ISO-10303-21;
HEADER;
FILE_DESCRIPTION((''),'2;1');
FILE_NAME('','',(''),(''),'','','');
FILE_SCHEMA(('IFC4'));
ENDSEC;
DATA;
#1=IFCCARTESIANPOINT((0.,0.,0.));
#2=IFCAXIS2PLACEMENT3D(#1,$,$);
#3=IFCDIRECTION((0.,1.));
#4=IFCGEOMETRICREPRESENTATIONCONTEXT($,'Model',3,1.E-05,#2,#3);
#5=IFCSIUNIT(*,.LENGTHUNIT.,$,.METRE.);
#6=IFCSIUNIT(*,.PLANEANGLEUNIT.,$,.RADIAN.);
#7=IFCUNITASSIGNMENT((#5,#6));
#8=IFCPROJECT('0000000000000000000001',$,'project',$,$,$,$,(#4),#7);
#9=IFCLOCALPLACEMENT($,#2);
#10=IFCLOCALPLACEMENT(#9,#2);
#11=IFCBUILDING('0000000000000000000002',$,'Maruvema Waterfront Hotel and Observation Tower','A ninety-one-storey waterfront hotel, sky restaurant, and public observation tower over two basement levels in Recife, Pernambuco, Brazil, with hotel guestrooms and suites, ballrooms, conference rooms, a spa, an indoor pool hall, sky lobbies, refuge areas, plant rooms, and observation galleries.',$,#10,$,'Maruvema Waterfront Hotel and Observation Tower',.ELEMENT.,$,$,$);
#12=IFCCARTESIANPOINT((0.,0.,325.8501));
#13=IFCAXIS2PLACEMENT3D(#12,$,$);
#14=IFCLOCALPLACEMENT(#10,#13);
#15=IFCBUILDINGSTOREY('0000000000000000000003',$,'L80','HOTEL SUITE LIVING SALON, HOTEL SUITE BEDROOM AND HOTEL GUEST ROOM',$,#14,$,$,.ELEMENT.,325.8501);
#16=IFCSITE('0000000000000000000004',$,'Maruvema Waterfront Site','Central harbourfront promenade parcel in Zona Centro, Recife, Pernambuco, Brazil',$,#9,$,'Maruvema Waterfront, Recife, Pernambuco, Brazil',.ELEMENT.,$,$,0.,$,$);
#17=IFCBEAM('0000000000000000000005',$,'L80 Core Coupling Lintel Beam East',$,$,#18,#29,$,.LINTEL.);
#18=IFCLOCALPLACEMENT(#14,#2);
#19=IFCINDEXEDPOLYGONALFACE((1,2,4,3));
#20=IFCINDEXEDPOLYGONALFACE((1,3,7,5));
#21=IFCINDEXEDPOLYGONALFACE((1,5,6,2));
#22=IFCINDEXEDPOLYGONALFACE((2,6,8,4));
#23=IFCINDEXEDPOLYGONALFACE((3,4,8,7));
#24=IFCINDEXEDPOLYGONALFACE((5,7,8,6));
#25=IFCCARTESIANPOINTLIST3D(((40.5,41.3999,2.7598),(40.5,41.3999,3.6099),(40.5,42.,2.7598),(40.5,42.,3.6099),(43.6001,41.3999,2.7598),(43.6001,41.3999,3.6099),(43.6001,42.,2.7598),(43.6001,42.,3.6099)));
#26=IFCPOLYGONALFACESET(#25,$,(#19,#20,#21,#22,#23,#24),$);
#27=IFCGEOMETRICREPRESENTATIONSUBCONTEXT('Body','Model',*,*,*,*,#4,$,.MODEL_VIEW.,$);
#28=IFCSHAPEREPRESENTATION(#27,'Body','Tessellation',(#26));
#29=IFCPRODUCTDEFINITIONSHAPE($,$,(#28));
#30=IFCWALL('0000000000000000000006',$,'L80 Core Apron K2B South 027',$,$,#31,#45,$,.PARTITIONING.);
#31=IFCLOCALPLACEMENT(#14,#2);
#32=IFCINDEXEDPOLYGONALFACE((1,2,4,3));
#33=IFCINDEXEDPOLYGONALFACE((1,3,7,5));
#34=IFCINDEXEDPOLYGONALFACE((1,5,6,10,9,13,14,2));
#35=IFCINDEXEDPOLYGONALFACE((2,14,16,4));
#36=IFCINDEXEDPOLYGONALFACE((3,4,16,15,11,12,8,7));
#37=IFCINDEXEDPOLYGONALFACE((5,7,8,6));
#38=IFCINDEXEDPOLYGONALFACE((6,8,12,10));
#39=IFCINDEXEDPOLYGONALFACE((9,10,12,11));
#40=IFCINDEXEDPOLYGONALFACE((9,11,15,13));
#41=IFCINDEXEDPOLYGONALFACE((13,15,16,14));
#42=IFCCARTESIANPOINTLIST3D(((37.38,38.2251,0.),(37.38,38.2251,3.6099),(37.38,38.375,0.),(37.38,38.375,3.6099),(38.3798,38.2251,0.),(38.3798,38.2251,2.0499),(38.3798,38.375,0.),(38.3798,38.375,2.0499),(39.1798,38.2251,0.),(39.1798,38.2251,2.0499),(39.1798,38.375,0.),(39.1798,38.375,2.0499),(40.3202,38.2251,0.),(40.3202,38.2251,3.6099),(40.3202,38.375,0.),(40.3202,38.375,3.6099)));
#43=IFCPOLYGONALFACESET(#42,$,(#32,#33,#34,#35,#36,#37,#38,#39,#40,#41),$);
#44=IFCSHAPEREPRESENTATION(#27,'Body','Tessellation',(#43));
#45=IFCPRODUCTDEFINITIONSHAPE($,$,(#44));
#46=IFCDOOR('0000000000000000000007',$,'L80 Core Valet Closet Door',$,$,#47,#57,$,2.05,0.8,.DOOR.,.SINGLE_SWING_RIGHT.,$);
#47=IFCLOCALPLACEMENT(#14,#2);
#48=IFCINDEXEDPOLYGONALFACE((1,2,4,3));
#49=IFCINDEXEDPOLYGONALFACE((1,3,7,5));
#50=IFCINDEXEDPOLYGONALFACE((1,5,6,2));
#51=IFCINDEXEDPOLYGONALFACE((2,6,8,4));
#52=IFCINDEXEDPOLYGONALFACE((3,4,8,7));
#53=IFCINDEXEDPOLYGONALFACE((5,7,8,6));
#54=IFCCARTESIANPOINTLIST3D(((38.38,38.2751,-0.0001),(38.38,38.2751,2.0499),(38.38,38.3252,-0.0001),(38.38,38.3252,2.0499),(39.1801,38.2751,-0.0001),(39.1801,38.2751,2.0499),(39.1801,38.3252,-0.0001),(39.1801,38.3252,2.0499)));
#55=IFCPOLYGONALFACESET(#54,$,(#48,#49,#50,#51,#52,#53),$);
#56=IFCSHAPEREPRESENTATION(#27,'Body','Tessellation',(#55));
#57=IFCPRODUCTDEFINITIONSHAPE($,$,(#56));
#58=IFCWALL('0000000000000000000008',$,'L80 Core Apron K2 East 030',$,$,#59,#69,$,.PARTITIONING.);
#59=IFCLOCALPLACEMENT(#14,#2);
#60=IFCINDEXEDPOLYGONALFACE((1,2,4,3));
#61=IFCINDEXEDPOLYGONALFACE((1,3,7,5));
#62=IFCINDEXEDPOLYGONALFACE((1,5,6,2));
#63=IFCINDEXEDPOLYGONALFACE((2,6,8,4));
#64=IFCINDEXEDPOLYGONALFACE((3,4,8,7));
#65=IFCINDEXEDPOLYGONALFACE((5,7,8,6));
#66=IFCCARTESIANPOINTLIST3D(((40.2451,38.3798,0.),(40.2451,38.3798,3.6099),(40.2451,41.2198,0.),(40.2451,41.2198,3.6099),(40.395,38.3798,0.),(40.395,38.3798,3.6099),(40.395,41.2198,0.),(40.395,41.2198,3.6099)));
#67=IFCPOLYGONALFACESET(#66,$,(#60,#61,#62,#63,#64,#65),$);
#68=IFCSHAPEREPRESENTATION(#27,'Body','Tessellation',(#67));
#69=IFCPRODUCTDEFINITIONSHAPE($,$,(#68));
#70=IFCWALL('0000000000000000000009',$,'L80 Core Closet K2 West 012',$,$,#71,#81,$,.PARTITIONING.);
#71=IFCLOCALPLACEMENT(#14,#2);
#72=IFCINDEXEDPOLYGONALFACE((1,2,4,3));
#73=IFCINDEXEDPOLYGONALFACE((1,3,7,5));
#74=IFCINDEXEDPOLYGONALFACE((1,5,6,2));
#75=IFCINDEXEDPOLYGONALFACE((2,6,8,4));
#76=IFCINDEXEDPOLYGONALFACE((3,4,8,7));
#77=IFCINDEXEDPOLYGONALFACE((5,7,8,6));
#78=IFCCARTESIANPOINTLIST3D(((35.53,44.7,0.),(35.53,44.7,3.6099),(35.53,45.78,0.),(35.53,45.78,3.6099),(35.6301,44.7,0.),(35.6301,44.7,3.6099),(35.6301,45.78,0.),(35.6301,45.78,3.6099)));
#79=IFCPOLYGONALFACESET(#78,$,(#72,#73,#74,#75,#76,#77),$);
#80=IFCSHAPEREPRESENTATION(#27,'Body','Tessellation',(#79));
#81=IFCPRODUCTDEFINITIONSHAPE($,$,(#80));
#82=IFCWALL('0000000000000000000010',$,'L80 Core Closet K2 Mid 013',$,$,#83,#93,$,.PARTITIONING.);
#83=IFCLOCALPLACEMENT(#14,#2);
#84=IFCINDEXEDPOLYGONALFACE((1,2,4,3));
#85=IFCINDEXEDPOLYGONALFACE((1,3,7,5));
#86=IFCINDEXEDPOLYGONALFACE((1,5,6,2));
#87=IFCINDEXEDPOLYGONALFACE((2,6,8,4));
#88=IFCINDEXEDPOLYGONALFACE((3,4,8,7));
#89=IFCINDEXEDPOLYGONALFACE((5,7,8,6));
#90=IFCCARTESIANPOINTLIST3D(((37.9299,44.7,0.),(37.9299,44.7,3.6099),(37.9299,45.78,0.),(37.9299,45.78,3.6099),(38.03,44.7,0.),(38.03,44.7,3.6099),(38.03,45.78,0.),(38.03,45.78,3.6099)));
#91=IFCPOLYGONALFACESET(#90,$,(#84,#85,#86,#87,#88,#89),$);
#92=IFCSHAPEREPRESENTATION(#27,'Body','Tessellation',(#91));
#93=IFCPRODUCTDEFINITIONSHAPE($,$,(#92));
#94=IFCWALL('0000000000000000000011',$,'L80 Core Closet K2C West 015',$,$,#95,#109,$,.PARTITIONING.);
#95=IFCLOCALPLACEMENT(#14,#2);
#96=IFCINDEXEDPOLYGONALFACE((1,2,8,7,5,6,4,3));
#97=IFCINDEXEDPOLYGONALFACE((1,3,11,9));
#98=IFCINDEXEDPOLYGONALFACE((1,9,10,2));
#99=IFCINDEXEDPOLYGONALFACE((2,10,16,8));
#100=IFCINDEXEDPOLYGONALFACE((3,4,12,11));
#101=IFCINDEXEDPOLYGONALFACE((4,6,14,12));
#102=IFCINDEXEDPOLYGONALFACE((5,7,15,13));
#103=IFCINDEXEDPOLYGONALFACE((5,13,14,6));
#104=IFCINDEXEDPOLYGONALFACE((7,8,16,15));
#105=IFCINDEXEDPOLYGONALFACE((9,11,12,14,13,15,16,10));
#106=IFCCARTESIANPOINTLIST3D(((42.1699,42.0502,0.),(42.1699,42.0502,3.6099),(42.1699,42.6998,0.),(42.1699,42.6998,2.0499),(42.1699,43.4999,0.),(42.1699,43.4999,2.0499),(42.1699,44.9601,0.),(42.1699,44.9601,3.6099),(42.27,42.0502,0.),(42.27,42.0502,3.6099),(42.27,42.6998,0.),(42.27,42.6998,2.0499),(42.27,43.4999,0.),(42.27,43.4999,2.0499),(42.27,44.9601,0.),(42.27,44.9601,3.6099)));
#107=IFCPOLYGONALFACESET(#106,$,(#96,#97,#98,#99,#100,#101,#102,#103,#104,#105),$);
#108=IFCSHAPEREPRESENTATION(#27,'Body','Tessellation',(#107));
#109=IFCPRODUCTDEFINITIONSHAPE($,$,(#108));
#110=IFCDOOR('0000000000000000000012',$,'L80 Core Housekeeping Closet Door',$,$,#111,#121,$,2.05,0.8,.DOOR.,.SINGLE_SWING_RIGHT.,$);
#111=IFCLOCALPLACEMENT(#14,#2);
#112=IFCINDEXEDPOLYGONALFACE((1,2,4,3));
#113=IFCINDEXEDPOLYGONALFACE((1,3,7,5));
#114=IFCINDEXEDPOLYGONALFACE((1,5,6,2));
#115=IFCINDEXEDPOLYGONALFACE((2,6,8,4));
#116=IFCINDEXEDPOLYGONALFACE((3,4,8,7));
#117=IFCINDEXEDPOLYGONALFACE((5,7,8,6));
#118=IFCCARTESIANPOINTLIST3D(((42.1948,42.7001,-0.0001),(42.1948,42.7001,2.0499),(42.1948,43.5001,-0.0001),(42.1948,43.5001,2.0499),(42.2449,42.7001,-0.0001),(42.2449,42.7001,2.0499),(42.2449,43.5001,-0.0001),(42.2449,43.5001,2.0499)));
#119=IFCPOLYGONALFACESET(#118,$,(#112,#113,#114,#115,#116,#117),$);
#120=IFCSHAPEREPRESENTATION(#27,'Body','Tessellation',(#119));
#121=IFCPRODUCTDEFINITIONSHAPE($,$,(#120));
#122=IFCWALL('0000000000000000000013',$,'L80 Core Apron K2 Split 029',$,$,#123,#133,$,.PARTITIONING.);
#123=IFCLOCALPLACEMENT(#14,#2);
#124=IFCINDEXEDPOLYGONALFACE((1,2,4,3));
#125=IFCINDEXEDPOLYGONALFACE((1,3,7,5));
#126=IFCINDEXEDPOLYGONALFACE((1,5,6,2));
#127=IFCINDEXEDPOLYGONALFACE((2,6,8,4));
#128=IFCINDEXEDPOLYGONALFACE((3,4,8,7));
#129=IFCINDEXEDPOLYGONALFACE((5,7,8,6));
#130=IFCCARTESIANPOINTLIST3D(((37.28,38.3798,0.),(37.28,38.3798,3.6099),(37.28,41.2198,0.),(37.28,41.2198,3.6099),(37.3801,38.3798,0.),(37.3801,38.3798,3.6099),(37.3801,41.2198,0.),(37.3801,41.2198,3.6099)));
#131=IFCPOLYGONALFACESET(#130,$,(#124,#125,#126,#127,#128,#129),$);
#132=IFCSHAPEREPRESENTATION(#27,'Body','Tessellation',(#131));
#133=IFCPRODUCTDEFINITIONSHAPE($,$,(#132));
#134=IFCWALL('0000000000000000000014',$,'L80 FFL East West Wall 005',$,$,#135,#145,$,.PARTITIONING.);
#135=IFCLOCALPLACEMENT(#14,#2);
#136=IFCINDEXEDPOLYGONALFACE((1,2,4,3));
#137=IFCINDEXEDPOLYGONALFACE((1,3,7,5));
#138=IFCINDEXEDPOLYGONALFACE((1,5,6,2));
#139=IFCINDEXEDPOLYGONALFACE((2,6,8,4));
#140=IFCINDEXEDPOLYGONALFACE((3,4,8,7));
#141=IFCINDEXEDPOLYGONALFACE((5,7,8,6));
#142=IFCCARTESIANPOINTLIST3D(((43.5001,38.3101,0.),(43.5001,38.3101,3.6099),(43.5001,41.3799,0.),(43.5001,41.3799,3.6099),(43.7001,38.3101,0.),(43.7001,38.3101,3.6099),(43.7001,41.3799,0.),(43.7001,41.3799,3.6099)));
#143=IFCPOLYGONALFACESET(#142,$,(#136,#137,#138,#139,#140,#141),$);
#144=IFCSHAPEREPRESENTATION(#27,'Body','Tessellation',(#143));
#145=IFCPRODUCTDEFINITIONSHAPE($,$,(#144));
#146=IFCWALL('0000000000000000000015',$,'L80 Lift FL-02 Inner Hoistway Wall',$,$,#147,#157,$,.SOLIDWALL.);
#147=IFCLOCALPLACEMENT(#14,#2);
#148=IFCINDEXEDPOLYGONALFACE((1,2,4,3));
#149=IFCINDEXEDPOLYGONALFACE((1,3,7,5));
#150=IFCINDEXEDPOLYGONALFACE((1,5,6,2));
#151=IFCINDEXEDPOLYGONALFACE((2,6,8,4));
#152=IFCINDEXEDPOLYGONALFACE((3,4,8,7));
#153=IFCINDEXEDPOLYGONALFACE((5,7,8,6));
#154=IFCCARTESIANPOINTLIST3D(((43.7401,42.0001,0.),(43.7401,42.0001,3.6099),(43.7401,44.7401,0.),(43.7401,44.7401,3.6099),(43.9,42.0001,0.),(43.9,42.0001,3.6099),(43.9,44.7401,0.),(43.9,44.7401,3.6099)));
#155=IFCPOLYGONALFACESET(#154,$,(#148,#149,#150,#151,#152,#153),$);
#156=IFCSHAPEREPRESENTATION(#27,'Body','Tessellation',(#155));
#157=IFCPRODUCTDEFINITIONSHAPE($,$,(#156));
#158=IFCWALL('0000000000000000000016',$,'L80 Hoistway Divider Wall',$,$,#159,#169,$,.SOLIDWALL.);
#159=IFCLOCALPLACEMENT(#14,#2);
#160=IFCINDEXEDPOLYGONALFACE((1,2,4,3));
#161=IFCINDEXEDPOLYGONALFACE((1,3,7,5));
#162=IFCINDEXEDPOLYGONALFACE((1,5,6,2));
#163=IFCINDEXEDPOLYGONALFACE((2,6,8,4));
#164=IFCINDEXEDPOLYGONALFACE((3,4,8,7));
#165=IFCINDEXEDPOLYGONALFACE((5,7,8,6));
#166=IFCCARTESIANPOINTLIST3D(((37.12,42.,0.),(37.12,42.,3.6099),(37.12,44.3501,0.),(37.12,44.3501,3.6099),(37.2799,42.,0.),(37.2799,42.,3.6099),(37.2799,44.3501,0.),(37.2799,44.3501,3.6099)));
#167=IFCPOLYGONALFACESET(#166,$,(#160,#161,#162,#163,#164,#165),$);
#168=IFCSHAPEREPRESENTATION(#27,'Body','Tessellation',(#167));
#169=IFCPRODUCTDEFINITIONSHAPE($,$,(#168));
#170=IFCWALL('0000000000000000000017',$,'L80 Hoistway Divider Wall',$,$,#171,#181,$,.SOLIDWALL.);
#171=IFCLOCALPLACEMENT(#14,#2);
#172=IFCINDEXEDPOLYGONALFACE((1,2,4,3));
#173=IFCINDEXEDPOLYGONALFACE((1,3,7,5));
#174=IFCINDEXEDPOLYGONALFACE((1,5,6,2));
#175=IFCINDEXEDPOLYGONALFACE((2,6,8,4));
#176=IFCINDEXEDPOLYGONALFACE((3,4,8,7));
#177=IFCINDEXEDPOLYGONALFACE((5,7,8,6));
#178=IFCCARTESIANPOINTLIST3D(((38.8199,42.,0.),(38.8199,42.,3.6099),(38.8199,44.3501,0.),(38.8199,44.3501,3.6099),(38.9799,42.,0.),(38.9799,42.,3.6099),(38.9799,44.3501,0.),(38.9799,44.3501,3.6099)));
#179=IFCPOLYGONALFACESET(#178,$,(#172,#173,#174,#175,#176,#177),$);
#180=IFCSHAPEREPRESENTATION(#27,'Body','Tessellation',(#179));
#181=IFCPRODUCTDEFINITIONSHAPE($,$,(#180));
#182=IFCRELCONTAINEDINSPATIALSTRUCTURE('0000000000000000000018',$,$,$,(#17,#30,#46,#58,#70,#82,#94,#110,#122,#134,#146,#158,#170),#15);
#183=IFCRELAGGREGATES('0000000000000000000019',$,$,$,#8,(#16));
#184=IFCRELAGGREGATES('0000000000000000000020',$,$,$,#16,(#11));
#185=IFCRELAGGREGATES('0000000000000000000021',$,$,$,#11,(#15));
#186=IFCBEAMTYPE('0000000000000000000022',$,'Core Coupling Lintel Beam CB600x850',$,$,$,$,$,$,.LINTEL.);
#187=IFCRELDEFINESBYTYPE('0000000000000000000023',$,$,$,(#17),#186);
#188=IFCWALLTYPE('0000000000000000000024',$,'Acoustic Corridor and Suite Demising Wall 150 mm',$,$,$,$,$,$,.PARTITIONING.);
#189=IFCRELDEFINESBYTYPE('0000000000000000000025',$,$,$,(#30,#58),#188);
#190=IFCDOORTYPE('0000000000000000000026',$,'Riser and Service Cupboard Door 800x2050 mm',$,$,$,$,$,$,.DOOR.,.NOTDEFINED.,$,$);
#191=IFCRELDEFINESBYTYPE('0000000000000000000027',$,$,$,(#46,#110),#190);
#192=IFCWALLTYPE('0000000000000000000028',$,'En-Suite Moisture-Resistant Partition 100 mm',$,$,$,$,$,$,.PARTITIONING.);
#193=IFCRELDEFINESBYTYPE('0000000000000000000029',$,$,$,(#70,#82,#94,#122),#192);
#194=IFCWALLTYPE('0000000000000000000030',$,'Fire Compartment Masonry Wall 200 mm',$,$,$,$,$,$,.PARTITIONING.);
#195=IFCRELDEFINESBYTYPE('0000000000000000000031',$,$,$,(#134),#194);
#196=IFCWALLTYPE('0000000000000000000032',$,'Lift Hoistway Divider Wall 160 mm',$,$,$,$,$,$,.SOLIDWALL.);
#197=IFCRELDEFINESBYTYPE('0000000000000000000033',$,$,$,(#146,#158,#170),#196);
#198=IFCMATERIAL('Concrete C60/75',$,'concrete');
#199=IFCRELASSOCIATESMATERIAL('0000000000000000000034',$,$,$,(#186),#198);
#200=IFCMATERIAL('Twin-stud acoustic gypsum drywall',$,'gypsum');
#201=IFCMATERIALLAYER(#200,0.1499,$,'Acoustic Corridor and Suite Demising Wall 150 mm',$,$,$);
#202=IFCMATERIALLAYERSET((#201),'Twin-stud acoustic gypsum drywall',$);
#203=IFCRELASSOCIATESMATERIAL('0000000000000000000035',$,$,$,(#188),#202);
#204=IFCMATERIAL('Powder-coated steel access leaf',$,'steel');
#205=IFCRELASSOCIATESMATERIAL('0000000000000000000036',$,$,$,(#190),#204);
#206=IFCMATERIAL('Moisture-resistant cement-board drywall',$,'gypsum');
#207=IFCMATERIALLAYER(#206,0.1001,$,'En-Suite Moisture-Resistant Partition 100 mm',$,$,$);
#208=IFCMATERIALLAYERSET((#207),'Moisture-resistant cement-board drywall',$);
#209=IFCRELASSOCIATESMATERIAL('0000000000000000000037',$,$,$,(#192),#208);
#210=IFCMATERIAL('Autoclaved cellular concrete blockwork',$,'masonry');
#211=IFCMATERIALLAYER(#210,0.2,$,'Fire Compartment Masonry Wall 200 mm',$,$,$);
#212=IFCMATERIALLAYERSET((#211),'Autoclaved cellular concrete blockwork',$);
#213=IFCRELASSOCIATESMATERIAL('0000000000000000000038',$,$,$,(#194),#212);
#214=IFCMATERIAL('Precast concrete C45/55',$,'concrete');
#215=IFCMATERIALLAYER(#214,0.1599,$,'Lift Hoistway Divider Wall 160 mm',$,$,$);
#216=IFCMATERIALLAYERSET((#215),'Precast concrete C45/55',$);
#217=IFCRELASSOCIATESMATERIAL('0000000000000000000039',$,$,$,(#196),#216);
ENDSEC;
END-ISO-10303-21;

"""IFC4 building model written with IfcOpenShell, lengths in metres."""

from ifc_helpers import new_model, si_unit, direction, frame, frame_2d, origin, origin_2d, place, context, subcontext, project, spatial, rectangle, extrude, material, layer, layer_set, material_profile, profile_set, type_object, element, fill, save


model = new_model("IFC4")

# Units and contexts
model_context = context("Model", 3, precision=1e-05, world=origin(), true_north=direction((0.0, 1.0)))
body_context = subcontext(model_context, "Body", "Model", "MODEL_VIEW")
ifc_project = project(units=[si_unit("LENGTHUNIT", "METRE"), si_unit("PLANEANGLEUNIT", "RADIAN")], contexts=[model_context])

# Site, building, storey
site_placement = place(None, origin())
site = spatial("IfcSite", under=ifc_project, at=site_placement, Name="Maruvema Waterfront Site", Description="Central harbourfront promenade parcel in Zona Centro, Recife, Pernambuco, Brazil", LongName="Maruvema Waterfront, Recife, Pernambuco, Brazil", CompositionType="ELEMENT", RefElevation=0.0)
building_placement = place(site_placement, origin())
building = spatial("IfcBuilding", under=site, at=building_placement, Name="Maruvema Waterfront Hotel and Observation Tower", Description="A ninety-one-storey waterfront hotel, sky restaurant, and public observation tower over two basement levels in Recife, Pernambuco, Brazil, with hotel guestrooms and suites, ballrooms, conference rooms, a spa, an indoor pool hall, sky lobbies, refuge areas, plant rooms, and observation galleries.", LongName="Maruvema Waterfront Hotel and Observation Tower", CompositionType="ELEMENT")
storey_placement = place(building_placement, frame((0.0, 0.0, 325.8501)))
storey = spatial("IfcBuildingStorey", under=building, at=storey_placement, Name="L80", Description="HOTEL SUITE LIVING SALON, HOTEL SUITE BEDROOM AND HOTEL GUEST ROOM", CompositionType="ELEMENT", Elevation=325.8501)

# Beam
ifc_material_1 = material(Name="Concrete C60/75", Category="concrete")
ifc_material_profile = material_profile(ifc_material_1, rectangle(XDim=0.6001, YDim=0.8501, at=origin_2d()), Name="CB600x850")
ifc_profile_set = profile_set([ifc_material_profile], Name="Concrete C60/75")
beam_type = type_object("IfcBeamType", Name="Core Coupling Lintel Beam CB600x850", PredefinedType="LINTEL", material=ifc_profile_set)
beam_placement = place(storey_placement, frame((40.5, 41.7, 3.1848), z_axis=(1.0, 0.0, 0.0), x_axis=(0.0, 1.0, 0.0)))
element("IfcBeam", 1, at=beam_placement, inside=storey, type_object=beam_type, Name="L80 Core Coupling Lintel Beam East", PredefinedType="LINTEL", context=body_context, shape_type="SweptSolid", body=[
    extrude(rectangle(XDim=0.6001, YDim=0.8501, at=origin_2d()), origin(), (0.0, 0.0, 1.0), 3.1001),
])

# Wall, opening, door
ifc_material_2 = material(Name="Twin-stud acoustic gypsum drywall", Category="gypsum")
ifc_layer_1 = layer(ifc_material_2, 0.1499, Name="Acoustic Corridor and Suite Demising Wall 150 mm")
ifc_layer_set_1 = layer_set([ifc_layer_1], Name="Twin-stud acoustic gypsum drywall")
wall_type_1 = type_object("IfcWallType", Name="Acoustic Corridor and Suite Demising Wall 150 mm", PredefinedType="PARTITIONING", material=ifc_layer_set_1)
wall_1_placement = place(storey_placement, frame((37.3799, 38.3, 0.0), z_axis=(0.0, 0.0, 1.0), x_axis=(1.0, 0.0, 0.0)))
wall_1 = element("IfcWall", 2, at=wall_1_placement, inside=storey, type_object=wall_type_1, Name="L80 Core Apron K2B South 027", PredefinedType="PARTITIONING", context=body_context, shape_type="SweptSolid", body=[
    extrude(rectangle(XDim=2.9402, YDim=0.1499, at=frame_2d((1.4702, 0.0))), origin(), (0.0, 0.0, 1.0), 3.6099),
])
opening_1_placement = place(wall_1_placement, frame((1.0, 0.0, 0.0)))
opening_1 = element("IfcOpeningElement", 3, at=opening_1_placement, cuts=wall_1, PredefinedType="OPENING", context=body_context, shape_type="SweptSolid", body=[
    extrude(rectangle(XDim=0.8, YDim=2.05, at=frame_2d((0.3999, 1.0249))), frame((0.0, 0.085, 0.0), z_axis=(0.0, -1.0, 0.0), x_axis=(1.0, 0.0, 0.0)), (0.0, 0.0, 1.0), 0.1699),
])
ifc_material_3 = material(Name="Powder-coated steel access leaf", Category="steel")
door_type_1 = type_object("IfcDoorType", Name="Riser and Service Cupboard Door 800x2050 mm", OperationType="NOTDEFINED", PredefinedType="DOOR", material=ifc_material_3)
door_1_placement = place(opening_1_placement, frame((0.8, 0.0, 0.0), z_axis=(0.0, 0.0, 1.0), x_axis=(-1.0, 0.0, 0.0)))
door_1 = element("IfcDoor", 4, at=door_1_placement, inside=storey, type_object=door_type_1, Name="L80 Core Valet Closet Door", OperationType="SINGLE_SWING_RIGHT", OverallHeight=2.05, OverallWidth=0.8, PredefinedType="DOOR", context=body_context, shape_type="SweptSolid", body=[
    extrude(rectangle(XDim=0.8, YDim=2.05, at=frame_2d((0.3999, 1.0249))), frame((0.0, 0.0249, 0.0), z_axis=(0.0, -1.0, 0.0), x_axis=(1.0, 0.0, 0.0)), (0.0, 0.0, 1.0), 0.05),
])
fill(opening_1, door_1)

# Wall
wall_2_placement = place(storey_placement, frame((40.3201, 38.3799, 0.0), z_axis=(0.0, 0.0, 1.0), x_axis=(0.0, 1.0, 0.0)))
element("IfcWall", 5, at=wall_2_placement, inside=storey, type_object=wall_type_1, Name="L80 Core Apron K2 East 030", PredefinedType="PARTITIONING", context=body_context, shape_type="SweptSolid", body=[
    extrude(rectangle(XDim=2.8401, YDim=0.1499, at=frame_2d((1.4199, 0.0))), origin(), (0.0, 0.0, 1.0), 3.6099),
])

# Walls
ifc_material_4 = material(Name="Moisture-resistant cement-board drywall", Category="gypsum")
ifc_layer_2 = layer(ifc_material_4, 0.1001, Name="En-Suite Moisture-Resistant Partition 100 mm")
ifc_layer_set_2 = layer_set([ifc_layer_2], Name="Moisture-resistant cement-board drywall")
wall_type_2 = type_object("IfcWallType", Name="En-Suite Moisture-Resistant Partition 100 mm", PredefinedType="PARTITIONING", material=ifc_layer_set_2)
for number, where, z_axis, x_axis, name in (
    (6, (35.5801, 44.7, 0.0), (0.0, 0.0, 1.0), (0.0, 1.0, 0.0), "L80 Core Closet K2 West 012"),
    (7, (37.98, 44.7, 0.0), (0.0, 0.0, 1.0), (0.0, 1.0, 0.0), "L80 Core Closet K2 Mid 013"),
):
    element("IfcWall", number, at=place(storey_placement, frame(where, z_axis=z_axis, x_axis=x_axis)), inside=storey, type_object=wall_type_2, Name=name, PredefinedType="PARTITIONING", context=body_context, shape_type="SweptSolid", body=[
        extrude(rectangle(XDim=1.0801, YDim=0.1001, at=frame_2d((0.54, 0.0))), origin(), (0.0, 0.0, 1.0), 3.6099),
    ])

# Wall, opening, door
wall_3_placement = place(storey_placement, frame((42.22, 42.05, 0.0), z_axis=(0.0, 0.0, 1.0), x_axis=(0.0, 1.0, 0.0)))
wall_3 = element("IfcWall", 8, at=wall_3_placement, inside=storey, type_object=wall_type_2, Name="L80 Core Closet K2C West 015", PredefinedType="PARTITIONING", context=body_context, shape_type="SweptSolid", body=[
    extrude(rectangle(XDim=2.9099, YDim=0.1001, at=frame_2d((1.4551, 0.0))), origin(), (0.0, 0.0, 1.0), 3.6099),
])
opening_2_placement = place(wall_3_placement, frame((0.6499, 0.0, 0.0)))
opening_2 = element("IfcOpeningElement", 9, at=opening_2_placement, cuts=wall_3, PredefinedType="OPENING", context=body_context, shape_type="SweptSolid", body=[
    extrude(rectangle(XDim=0.8, YDim=2.05, at=frame_2d((0.3999, 1.0249))), frame((0.0, 0.0601, 0.0), z_axis=(0.0, -1.0, 0.0), x_axis=(1.0, 0.0, 0.0)), (0.0, 0.0, 1.0), 0.1201),
])
door_2_placement = place(opening_2_placement, frame((0.8, 0.0, 0.0), z_axis=(0.0, 0.0, 1.0), x_axis=(-1.0, 0.0, 0.0)))
door_2 = element("IfcDoor", 10, at=door_2_placement, inside=storey, type_object=door_type_1, Name="L80 Core Housekeeping Closet Door", OperationType="SINGLE_SWING_RIGHT", OverallHeight=2.05, OverallWidth=0.8, PredefinedType="DOOR", context=body_context, shape_type="SweptSolid", body=[
    extrude(rectangle(XDim=0.8, YDim=2.05, at=frame_2d((0.3999, 1.0249))), frame((0.0, 0.0249, 0.0), z_axis=(0.0, -1.0, 0.0), x_axis=(1.0, 0.0, 0.0)), (0.0, 0.0, 1.0), 0.05),
])
fill(opening_2, door_2)

# Wall
wall_4_placement = place(storey_placement, frame((37.3301, 38.3799, 0.0), z_axis=(0.0, 0.0, 1.0), x_axis=(0.0, 1.0, 0.0)))
element("IfcWall", 11, at=wall_4_placement, inside=storey, type_object=wall_type_2, Name="L80 Core Apron K2 Split 029", PredefinedType="PARTITIONING", context=body_context, shape_type="SweptSolid", body=[
    extrude(rectangle(XDim=2.8401, YDim=0.1001, at=frame_2d((1.4199, 0.0))), origin(), (0.0, 0.0, 1.0), 3.6099),
])

# Shared definitions
ifc_material_5 = material(Name="Autoclaved cellular concrete blockwork", Category="masonry")
ifc_layer_3 = layer(ifc_material_5, 0.2, Name="Fire Compartment Masonry Wall 200 mm")
ifc_layer_set_3 = layer_set([ifc_layer_3], Name="Autoclaved cellular concrete blockwork")
wall_type_3 = type_object("IfcWallType", Name="Fire Compartment Masonry Wall 200 mm", PredefinedType="PARTITIONING", material=ifc_layer_set_3)

# Walls
wall_5_placement = place(storey_placement, frame((43.6001, 38.3101, 0.0), z_axis=(0.0, 0.0, 1.0), x_axis=(0.0, 1.0, 0.0)))
element("IfcWall", 12, at=wall_5_placement, inside=storey, type_object=wall_type_3, Name="L80 FFL East West Wall 005", PredefinedType="PARTITIONING", context=body_context, shape_type="SweptSolid", body=[
    extrude(rectangle(XDim=3.0698, YDim=0.2, at=frame_2d((1.5349, 0.0))), origin(), (0.0, 0.0, 1.0), 3.6099),
])
ifc_material_6 = material(Name="Precast concrete C45/55", Category="concrete")
ifc_layer_4 = layer(ifc_material_6, 0.1599, Name="Lift Hoistway Divider Wall 160 mm")
ifc_layer_set_4 = layer_set([ifc_layer_4], Name="Precast concrete C45/55")
wall_type_4 = type_object("IfcWallType", Name="Lift Hoistway Divider Wall 160 mm", PredefinedType="SOLIDWALL", material=ifc_layer_set_4)
wall_6_placement = place(storey_placement, frame((43.8201, 42.0, 0.0), z_axis=(0.0, 0.0, 1.0), x_axis=(0.0, 1.0, 0.0)))
element("IfcWall", 13, at=wall_6_placement, inside=storey, type_object=wall_type_4, Name="L80 Lift FL-02 Inner Hoistway Wall", PredefinedType="SOLIDWALL", context=body_context, shape_type="SweptSolid", body=[
    extrude(rectangle(XDim=2.74, YDim=0.1599, at=frame_2d((1.3701, 0.0))), origin(), (0.0, 0.0, 1.0), 3.6099),
])
for number, where, z_axis, x_axis, name in (
    (14, (37.2, 42.0, 0.0), (0.0, 0.0, 1.0), (0.0, 1.0, 0.0), "L80 Hoistway Divider Wall"),
    (15, (38.8999, 42.0, 0.0), (0.0, 0.0, 1.0), (0.0, 1.0, 0.0), "L80 Hoistway Divider Wall"),
):
    element("IfcWall", number, at=place(storey_placement, frame(where, z_axis=z_axis, x_axis=x_axis)), inside=storey, type_object=wall_type_4, Name=name, PredefinedType="SOLIDWALL", context=body_context, shape_type="SweptSolid", body=[
        extrude(rectangle(XDim=2.3501, YDim=0.1599, at=frame_2d((1.175, 0.0))), origin(), (0.0, 0.0, 1.0), 3.6099),
    ])

save(model, "model.ifc")
